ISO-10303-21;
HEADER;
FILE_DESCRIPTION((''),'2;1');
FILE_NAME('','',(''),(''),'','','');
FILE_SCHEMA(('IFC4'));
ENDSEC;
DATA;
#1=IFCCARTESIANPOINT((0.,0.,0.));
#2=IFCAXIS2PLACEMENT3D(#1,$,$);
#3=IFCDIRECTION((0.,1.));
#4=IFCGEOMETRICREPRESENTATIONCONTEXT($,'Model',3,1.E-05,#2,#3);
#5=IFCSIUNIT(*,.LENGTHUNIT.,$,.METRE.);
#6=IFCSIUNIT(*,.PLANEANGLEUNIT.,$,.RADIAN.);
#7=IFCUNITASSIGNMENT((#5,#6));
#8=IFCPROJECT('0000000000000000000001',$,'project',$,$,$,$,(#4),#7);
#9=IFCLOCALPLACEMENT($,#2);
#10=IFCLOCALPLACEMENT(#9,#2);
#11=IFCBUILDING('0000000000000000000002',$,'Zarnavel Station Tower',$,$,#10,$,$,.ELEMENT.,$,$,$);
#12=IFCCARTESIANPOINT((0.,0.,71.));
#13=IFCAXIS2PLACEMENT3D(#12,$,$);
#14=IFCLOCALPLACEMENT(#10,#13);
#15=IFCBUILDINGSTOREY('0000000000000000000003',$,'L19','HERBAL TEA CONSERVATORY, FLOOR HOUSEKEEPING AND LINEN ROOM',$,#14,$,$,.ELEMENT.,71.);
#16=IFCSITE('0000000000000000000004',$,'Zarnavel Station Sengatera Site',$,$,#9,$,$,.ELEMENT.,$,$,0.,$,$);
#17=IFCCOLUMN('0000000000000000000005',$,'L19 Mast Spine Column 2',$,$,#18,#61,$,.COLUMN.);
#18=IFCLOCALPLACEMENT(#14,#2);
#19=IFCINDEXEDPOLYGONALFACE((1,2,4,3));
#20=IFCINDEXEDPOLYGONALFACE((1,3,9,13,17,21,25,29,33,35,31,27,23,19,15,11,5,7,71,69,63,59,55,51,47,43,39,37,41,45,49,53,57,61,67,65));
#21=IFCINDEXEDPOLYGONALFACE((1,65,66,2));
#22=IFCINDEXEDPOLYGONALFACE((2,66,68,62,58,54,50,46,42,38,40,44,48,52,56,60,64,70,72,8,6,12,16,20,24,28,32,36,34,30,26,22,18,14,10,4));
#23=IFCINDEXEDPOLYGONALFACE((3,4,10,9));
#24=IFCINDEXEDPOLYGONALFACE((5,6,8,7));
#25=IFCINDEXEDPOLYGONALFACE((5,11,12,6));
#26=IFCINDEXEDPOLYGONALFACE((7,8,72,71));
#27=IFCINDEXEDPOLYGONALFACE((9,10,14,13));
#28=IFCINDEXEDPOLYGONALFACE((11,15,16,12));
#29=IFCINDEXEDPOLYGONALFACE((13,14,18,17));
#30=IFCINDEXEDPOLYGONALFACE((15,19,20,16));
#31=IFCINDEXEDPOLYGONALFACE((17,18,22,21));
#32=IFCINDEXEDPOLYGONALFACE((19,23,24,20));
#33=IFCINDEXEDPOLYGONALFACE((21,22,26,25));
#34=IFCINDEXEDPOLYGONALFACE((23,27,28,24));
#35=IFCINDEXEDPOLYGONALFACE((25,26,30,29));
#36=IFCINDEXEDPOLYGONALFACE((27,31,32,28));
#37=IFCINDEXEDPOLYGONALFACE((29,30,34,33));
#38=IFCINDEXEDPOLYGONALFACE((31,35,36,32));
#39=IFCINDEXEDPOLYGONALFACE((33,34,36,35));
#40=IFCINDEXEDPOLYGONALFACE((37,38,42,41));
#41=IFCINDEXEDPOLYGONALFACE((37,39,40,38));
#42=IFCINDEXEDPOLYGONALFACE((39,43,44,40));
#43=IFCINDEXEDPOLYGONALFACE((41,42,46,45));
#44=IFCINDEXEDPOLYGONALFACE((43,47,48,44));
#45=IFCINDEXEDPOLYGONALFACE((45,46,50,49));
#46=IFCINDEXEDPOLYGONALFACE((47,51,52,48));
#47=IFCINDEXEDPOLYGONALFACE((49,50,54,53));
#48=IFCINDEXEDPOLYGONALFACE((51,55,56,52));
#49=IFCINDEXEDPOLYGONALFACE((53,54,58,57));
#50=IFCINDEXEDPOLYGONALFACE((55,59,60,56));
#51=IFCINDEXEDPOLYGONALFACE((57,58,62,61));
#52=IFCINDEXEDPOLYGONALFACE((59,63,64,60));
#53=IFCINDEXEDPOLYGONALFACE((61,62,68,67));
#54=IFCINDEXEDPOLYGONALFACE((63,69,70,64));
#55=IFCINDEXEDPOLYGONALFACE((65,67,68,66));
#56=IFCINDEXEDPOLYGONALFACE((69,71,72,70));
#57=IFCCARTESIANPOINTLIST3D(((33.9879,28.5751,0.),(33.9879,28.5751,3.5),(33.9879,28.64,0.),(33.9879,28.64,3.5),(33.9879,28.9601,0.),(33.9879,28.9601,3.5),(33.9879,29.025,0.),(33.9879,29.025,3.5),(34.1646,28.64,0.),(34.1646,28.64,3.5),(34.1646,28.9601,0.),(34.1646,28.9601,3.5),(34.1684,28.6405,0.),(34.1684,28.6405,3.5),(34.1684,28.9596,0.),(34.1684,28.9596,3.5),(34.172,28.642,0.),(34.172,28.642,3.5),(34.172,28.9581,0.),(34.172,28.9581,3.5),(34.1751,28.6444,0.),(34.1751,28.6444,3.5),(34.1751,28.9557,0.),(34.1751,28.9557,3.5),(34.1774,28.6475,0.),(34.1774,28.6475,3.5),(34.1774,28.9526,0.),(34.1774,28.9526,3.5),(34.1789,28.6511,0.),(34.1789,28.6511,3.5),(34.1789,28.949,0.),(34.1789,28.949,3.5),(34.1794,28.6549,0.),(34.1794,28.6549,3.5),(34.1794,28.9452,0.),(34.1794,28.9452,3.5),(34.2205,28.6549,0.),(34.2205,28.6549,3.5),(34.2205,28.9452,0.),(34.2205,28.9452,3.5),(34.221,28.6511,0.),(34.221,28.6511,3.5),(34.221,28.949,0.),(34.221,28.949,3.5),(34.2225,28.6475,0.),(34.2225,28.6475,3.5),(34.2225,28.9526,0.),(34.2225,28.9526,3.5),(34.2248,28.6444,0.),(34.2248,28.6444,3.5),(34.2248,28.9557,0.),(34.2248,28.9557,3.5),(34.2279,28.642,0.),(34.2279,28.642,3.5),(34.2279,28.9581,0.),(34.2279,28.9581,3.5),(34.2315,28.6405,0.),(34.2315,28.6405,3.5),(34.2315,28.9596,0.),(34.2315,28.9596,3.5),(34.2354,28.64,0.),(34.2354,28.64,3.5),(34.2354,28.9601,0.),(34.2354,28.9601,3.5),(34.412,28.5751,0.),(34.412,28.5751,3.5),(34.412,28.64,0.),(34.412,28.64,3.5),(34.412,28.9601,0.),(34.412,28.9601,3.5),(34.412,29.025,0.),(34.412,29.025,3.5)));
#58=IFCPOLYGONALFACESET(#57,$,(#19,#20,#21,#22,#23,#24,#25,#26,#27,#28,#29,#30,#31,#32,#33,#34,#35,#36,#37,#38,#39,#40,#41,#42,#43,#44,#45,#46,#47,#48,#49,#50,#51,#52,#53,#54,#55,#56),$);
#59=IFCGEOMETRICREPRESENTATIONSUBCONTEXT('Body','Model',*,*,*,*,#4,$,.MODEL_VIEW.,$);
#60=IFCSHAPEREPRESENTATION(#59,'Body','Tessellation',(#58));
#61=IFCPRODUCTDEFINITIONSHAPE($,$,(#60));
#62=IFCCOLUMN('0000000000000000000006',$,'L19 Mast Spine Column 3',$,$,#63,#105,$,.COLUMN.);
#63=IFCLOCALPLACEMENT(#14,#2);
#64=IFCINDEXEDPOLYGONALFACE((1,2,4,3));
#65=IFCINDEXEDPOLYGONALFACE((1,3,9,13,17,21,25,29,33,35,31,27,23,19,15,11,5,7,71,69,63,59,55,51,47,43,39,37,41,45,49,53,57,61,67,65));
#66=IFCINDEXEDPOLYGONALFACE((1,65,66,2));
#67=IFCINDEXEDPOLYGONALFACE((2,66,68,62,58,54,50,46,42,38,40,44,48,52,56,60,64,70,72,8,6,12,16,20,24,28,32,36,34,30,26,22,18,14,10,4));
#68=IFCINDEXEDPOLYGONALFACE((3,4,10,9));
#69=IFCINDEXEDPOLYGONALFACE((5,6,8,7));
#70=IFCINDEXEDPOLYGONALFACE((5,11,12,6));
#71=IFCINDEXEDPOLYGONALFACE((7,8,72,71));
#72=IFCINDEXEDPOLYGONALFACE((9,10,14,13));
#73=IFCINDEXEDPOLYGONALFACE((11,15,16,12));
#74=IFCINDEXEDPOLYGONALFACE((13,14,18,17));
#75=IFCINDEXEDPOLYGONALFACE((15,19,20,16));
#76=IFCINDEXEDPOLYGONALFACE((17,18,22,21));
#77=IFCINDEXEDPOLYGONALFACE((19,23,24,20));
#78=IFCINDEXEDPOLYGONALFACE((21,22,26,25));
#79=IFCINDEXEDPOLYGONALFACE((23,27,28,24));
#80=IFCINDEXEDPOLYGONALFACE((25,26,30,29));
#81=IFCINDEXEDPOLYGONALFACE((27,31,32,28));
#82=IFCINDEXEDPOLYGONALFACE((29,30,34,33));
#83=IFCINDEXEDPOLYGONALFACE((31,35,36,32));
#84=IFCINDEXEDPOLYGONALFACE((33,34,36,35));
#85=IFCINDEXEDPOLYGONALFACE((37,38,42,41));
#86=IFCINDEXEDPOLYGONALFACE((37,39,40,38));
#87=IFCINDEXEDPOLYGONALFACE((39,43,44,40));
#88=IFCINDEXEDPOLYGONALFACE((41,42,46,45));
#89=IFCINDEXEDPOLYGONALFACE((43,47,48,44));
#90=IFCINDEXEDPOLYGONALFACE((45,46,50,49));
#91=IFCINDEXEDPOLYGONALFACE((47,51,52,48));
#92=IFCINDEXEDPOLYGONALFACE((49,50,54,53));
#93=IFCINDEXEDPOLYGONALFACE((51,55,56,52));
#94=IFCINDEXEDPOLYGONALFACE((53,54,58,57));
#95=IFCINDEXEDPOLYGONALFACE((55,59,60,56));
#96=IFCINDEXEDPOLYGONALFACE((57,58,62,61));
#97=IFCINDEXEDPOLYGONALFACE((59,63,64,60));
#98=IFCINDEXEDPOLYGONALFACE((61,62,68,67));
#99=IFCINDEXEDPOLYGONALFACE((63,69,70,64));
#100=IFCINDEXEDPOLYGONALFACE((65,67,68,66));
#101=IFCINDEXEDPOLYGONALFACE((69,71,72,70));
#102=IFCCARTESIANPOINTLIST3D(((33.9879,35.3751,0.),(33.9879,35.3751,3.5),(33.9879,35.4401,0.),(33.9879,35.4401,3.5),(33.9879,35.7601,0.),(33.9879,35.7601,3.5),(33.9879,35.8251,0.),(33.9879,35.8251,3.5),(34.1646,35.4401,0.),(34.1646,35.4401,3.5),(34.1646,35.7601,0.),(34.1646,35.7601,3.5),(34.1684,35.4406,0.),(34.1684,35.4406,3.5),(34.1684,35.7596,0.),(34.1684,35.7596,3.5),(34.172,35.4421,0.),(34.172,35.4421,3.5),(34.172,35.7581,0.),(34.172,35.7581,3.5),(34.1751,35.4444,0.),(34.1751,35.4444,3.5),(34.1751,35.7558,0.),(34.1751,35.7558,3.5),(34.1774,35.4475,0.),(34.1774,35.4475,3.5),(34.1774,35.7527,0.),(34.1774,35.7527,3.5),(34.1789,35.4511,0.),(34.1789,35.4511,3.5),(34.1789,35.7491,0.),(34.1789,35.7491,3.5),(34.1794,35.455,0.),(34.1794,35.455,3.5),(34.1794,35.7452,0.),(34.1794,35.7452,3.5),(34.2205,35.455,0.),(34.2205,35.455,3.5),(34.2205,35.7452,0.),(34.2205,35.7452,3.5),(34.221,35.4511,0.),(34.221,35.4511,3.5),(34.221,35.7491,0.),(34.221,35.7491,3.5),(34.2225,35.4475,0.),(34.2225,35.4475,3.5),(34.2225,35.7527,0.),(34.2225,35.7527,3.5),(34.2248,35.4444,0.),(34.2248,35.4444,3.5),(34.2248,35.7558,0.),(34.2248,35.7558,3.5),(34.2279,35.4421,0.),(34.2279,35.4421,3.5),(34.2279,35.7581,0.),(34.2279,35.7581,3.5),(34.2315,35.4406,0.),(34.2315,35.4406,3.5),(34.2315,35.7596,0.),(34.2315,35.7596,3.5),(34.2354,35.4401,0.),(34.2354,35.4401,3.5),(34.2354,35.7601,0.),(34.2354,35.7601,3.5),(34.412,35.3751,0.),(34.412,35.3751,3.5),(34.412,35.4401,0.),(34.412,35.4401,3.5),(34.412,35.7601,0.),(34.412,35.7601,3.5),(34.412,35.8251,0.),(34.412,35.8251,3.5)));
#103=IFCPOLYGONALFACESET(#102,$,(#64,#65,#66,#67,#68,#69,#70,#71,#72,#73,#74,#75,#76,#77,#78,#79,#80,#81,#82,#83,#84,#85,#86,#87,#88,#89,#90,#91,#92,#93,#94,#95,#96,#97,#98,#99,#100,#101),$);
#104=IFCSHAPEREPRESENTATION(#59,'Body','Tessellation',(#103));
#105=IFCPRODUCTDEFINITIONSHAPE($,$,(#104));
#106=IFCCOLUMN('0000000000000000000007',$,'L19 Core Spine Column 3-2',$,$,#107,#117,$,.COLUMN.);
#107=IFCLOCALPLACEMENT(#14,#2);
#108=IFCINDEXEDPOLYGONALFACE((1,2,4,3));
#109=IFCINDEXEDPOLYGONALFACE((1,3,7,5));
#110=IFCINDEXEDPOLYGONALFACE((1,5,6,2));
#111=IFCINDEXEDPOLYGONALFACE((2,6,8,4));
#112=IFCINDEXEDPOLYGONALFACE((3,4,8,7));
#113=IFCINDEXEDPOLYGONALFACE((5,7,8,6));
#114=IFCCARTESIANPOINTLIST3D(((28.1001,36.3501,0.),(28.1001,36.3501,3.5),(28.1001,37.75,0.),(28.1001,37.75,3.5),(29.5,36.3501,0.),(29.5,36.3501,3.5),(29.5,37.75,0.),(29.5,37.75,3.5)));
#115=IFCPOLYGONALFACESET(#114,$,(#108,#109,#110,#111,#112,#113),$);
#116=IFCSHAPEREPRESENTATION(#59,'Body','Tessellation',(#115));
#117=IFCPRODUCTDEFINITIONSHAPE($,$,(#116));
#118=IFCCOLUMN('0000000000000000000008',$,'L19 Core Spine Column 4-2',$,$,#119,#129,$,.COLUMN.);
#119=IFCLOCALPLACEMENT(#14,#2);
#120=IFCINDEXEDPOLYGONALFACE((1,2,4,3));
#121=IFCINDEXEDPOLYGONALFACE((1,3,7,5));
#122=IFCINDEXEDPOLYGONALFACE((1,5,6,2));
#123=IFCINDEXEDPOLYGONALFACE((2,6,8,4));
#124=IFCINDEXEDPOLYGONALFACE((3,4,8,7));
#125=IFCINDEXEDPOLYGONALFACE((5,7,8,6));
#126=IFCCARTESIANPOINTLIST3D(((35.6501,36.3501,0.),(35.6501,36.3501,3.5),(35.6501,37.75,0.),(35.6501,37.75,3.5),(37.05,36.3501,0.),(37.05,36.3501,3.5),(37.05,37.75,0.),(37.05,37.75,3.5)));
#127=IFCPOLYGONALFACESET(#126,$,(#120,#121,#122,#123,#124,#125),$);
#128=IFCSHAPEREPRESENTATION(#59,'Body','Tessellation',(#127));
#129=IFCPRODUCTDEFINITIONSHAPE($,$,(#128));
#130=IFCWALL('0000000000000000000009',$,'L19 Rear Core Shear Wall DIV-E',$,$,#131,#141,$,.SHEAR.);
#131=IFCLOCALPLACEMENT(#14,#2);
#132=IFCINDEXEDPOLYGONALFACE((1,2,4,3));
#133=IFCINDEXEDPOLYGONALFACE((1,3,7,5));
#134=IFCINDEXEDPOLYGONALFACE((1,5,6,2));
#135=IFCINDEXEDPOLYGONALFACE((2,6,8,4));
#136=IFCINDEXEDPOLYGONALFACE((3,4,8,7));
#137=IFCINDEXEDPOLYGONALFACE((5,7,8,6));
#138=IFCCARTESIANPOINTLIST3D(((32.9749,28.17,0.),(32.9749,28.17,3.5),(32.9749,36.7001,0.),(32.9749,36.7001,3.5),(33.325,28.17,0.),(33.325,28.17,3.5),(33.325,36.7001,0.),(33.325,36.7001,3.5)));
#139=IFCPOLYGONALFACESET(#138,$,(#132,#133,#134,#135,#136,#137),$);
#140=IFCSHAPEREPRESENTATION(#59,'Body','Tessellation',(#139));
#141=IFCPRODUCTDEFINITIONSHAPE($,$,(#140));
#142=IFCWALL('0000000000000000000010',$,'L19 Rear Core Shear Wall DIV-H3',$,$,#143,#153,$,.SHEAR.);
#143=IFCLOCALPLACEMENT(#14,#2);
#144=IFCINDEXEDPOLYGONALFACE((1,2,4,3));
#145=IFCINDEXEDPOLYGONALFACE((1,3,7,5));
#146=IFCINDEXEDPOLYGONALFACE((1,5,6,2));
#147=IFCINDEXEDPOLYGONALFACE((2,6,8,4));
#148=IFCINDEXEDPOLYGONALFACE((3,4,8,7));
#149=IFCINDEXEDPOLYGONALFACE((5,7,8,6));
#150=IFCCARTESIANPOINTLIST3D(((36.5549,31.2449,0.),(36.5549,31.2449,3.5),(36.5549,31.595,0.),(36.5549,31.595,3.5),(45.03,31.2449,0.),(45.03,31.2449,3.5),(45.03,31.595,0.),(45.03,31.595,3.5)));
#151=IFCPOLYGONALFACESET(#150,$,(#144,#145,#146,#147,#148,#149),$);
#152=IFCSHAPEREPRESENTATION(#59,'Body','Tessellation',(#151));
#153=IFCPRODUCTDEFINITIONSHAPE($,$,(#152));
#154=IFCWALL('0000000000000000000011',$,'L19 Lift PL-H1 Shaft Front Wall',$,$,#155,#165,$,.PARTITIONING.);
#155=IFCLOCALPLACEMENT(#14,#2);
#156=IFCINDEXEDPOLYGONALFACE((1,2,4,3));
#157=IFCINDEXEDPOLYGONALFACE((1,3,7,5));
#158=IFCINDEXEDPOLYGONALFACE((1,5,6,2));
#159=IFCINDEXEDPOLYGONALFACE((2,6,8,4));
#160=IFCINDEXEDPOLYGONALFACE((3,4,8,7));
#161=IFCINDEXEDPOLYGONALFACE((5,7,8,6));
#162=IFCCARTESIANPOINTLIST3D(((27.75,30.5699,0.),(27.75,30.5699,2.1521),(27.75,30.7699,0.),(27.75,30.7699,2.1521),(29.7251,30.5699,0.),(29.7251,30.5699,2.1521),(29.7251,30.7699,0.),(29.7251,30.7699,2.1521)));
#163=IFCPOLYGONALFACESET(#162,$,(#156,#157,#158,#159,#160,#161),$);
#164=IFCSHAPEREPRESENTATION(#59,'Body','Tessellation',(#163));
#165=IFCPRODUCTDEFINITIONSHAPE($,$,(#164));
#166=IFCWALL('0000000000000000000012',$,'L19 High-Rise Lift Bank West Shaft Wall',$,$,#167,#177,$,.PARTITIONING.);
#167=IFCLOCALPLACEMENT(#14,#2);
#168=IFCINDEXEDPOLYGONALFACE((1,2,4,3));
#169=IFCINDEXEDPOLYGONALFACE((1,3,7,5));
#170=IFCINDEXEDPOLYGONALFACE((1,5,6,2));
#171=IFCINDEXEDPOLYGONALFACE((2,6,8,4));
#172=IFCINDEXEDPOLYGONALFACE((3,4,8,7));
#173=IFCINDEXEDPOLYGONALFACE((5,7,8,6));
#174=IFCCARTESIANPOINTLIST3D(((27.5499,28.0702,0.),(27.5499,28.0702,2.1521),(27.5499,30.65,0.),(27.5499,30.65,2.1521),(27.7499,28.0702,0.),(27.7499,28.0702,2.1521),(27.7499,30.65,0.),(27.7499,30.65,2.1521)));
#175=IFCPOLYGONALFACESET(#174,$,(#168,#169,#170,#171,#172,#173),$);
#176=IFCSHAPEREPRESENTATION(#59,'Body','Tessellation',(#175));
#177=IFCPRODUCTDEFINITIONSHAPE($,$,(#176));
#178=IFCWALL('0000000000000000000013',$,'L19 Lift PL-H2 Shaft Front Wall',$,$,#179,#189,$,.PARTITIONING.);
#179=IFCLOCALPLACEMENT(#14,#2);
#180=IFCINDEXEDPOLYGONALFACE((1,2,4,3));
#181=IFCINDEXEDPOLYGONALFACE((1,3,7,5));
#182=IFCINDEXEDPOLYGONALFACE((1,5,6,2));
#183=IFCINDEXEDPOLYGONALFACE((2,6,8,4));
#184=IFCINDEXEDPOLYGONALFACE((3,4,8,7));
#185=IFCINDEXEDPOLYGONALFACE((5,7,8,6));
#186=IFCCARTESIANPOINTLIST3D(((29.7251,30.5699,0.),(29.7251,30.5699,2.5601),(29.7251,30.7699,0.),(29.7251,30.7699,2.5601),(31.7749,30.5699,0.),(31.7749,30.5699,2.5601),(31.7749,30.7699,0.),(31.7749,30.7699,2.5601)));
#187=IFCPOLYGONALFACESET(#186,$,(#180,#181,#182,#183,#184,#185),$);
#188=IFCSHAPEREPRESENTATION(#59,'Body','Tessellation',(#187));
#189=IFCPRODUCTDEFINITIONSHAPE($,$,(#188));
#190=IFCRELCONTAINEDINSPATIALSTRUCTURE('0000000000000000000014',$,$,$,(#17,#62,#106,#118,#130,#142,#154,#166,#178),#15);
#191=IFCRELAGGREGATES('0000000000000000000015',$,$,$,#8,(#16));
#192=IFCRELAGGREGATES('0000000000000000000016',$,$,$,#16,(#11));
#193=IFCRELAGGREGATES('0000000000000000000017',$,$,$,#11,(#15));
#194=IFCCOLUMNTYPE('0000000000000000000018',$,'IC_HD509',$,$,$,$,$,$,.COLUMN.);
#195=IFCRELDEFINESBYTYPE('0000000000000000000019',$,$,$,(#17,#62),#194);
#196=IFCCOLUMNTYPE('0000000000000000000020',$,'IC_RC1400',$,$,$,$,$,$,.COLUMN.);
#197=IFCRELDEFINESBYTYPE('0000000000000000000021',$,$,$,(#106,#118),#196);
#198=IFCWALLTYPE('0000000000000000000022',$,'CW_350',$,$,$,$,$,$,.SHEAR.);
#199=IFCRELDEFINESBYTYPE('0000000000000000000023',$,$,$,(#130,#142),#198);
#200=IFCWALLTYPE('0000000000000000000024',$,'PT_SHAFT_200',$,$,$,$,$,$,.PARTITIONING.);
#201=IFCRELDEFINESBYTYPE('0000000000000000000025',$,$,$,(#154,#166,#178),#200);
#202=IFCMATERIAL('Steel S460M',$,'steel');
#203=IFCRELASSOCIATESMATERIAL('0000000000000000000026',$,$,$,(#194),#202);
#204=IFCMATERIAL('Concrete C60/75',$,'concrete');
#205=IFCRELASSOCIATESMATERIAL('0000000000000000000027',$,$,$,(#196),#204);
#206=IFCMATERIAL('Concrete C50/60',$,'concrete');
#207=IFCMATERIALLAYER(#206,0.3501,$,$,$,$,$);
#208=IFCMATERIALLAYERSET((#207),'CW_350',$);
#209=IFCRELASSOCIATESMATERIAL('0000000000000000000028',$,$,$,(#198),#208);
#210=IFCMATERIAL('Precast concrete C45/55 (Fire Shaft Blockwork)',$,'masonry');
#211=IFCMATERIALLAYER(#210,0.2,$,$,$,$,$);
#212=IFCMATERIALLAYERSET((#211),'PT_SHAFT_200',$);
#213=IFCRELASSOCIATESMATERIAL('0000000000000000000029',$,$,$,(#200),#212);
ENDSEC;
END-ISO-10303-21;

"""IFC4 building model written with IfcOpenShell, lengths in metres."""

from ifc_helpers import new_model, si_unit, direction, frame, frame_2d, origin, origin_2d, place, context, subcontext, project, spatial, rectangle, i_section, extrude, material, layer, layer_set, material_profile, profile_set, type_object, element, save


model = new_model("IFC4")

# Units and contexts
model_context = context("Model", 3, precision=1e-05, world=origin(), true_north=direction((0.0, 1.0)))
body_context = subcontext(model_context, "Body", "Model", "MODEL_VIEW")
ifc_project = project(units=[si_unit("LENGTHUNIT", "METRE"), si_unit("PLANEANGLEUNIT", "RADIAN")], contexts=[model_context])

# Site, building, storey
site_placement = place(None, origin())
site = spatial("IfcSite", under=ifc_project, at=site_placement, Name="Zarnavel Station Sengatera Site", CompositionType="ELEMENT", RefElevation=0.0)
building_placement = place(site_placement, origin())
building = spatial("IfcBuilding", under=site, at=building_placement, Name="Zarnavel Station Tower", CompositionType="ELEMENT")
storey_placement = place(building_placement, frame((0.0, 0.0, 71.0)))
storey = spatial("IfcBuildingStorey", under=building, at=storey_placement, Name="L19", Description="HERBAL TEA CONSERVATORY, FLOOR HOUSEKEEPING AND LINEN ROOM", CompositionType="ELEMENT", Elevation=71.0)

# Columns
ifc_material_1 = material(Name="Steel S460M", Category="steel")
ifc_material_profile_1 = material_profile(ifc_material_1, i_section(OverallWidth=0.4241, OverallDepth=0.45, WebThickness=0.041, FlangeThickness=0.0649, FilletRadius=0.0149, at=origin_2d()), Name="HD400x509")
ifc_profile_set_1 = profile_set([ifc_material_profile_1], Name="Steel S460M")
column_type_1 = type_object("IfcColumnType", Name="IC_HD509", PredefinedType="COLUMN", material=ifc_profile_set_1)
for number, where, z_axis, x_axis, name in (
    (1, (34.2, 28.8, 0.0), (0.0, 0.0, 1.0), (1.0, 0.0, 0.0), "L19 Mast Spine Column 2"),
    (2, (34.2, 35.6001, 0.0), (0.0, 0.0, 1.0), (1.0, 0.0, 0.0), "L19 Mast Spine Column 3"),
):
    element("IfcColumn", number, at=place(storey_placement, frame(where, z_axis=z_axis, x_axis=x_axis)), inside=storey, type_object=column_type_1, Name=name, PredefinedType="COLUMN", context=body_context, shape_type="SweptSolid", body=[
        extrude(i_section(OverallWidth=0.4241, OverallDepth=0.45, WebThickness=0.041, FlangeThickness=0.0649, FilletRadius=0.0149, at=origin_2d()), origin(), (0.0, 0.0, 1.0), 3.5),
    ])
ifc_material_2 = material(Name="Concrete C60/75", Category="concrete")
ifc_material_profile_2 = material_profile(ifc_material_2, rectangle(XDim=1.3999, YDim=1.3999, at=origin_2d()), Name="RC1400x1400")
ifc_profile_set_2 = profile_set([ifc_material_profile_2], Name="Concrete C60/75")
column_type_2 = type_object("IfcColumnType", Name="IC_RC1400", PredefinedType="COLUMN", material=ifc_profile_set_2)
for number, where, z_axis, x_axis, name in (
    (3, (28.8, 37.05, 0.0), (0.0, 0.0, 1.0), (1.0, 0.0, 0.0), "L19 Core Spine Column 3-2"),
    (4, (36.3501, 37.05, 0.0), (0.0, 0.0, 1.0), (1.0, 0.0, 0.0), "L19 Core Spine Column 4-2"),
):
    element("IfcColumn", number, at=place(storey_placement, frame(where, z_axis=z_axis, x_axis=x_axis)), inside=storey, type_object=column_type_2, Name=name, PredefinedType="COLUMN", context=body_context, shape_type="SweptSolid", body=[
        extrude(rectangle(XDim=1.3999, YDim=1.3999, at=origin_2d()), origin(), (0.0, 0.0, 1.0), 3.5),
    ])

# Wall
ifc_material_3 = material(Name="Concrete C50/60", Category="concrete")
ifc_layer_1 = layer(ifc_material_3, 0.3501)
ifc_layer_set_1 = layer_set([ifc_layer_1], Name="CW_350")
wall_type_1 = type_object("IfcWallType", Name="CW_350", PredefinedType="SHEAR", material=ifc_layer_set_1)
wall_1_placement = place(storey_placement, frame((33.1499, 28.1699, 0.0), z_axis=(0.0, 0.0, 1.0), x_axis=(0.0, 1.0, 0.0)))
element("IfcWall", 5, at=wall_1_placement, inside=storey, type_object=wall_type_1, Name="L19 Rear Core Shear Wall DIV-E", PredefinedType="SHEAR", context=body_context, shape_type="SweptSolid", body=[
    extrude(rectangle(XDim=8.53, YDim=0.3501, at=frame_2d((4.2651, 0.0))), origin(), (0.0, 0.0, 1.0), 3.5),
])

# Wall
wall_2_placement = place(storey_placement, frame((36.5549, 31.4199, 0.0), z_axis=(0.0, 0.0, 1.0), x_axis=(1.0, 0.0, 0.0)))
element("IfcWall", 6, at=wall_2_placement, inside=storey, type_object=wall_type_1, Name="L19 Rear Core Shear Wall DIV-H3", PredefinedType="SHEAR", context=body_context, shape_type="SweptSolid", body=[
    extrude(rectangle(XDim=8.4751, YDim=0.3501, at=frame_2d((4.2375, 0.0))), origin(), (0.0, 0.0, 1.0), 3.5),
])

# Shared definitions
ifc_material_4 = material(Name="Precast concrete C45/55 (Fire Shaft Blockwork)", Category="masonry")
ifc_layer_2 = layer(ifc_material_4, 0.2)
ifc_layer_set_2 = layer_set([ifc_layer_2], Name="PT_SHAFT_200")
wall_type_2 = type_object("IfcWallType", Name="PT_SHAFT_200", PredefinedType="PARTITIONING", material=ifc_layer_set_2)

# Walls
wall_3_placement = place(storey_placement, frame((27.75, 30.6699, 0.0), z_axis=(0.0, 0.0, 1.0), x_axis=(1.0, 0.0, 0.0)))
element("IfcWall", 7, at=wall_3_placement, inside=storey, type_object=wall_type_2, Name="L19 Lift PL-H1 Shaft Front Wall", PredefinedType="PARTITIONING", context=body_context, shape_type="SweptSolid", body=[
    extrude(rectangle(XDim=1.9751, YDim=0.2, at=frame_2d((0.9875, 0.0))), origin(), (0.0, 0.0, 1.0), 2.1521),
])
wall_4_placement = place(storey_placement, frame((27.6499, 28.0701, 0.0), z_axis=(0.0, 0.0, 1.0), x_axis=(0.0, 1.0, 0.0)))
element("IfcWall", 8, at=wall_4_placement, inside=storey, type_object=wall_type_2, Name="L19 High-Rise Lift Bank West Shaft Wall", PredefinedType="PARTITIONING", context=body_context, shape_type="SweptSolid", body=[
    extrude(rectangle(XDim=2.5798, YDim=0.2, at=frame_2d((1.29, 0.0))), origin(), (0.0, 0.0, 1.0), 2.1521),
])
wall_5_placement = place(storey_placement, frame((29.7251, 30.6699, 0.0), z_axis=(0.0, 0.0, 1.0), x_axis=(1.0, 0.0, 0.0)))
element("IfcWall", 9, at=wall_5_placement, inside=storey, type_object=wall_type_2, Name="L19 Lift PL-H2 Shaft Front Wall", PredefinedType="PARTITIONING", context=body_context, shape_type="SweptSolid", body=[
    extrude(rectangle(XDim=2.0498, YDim=0.2, at=frame_2d((1.0249, 0.0))), origin(), (0.0, 0.0, 1.0), 2.5601),
])

save(model, "model.ifc")
